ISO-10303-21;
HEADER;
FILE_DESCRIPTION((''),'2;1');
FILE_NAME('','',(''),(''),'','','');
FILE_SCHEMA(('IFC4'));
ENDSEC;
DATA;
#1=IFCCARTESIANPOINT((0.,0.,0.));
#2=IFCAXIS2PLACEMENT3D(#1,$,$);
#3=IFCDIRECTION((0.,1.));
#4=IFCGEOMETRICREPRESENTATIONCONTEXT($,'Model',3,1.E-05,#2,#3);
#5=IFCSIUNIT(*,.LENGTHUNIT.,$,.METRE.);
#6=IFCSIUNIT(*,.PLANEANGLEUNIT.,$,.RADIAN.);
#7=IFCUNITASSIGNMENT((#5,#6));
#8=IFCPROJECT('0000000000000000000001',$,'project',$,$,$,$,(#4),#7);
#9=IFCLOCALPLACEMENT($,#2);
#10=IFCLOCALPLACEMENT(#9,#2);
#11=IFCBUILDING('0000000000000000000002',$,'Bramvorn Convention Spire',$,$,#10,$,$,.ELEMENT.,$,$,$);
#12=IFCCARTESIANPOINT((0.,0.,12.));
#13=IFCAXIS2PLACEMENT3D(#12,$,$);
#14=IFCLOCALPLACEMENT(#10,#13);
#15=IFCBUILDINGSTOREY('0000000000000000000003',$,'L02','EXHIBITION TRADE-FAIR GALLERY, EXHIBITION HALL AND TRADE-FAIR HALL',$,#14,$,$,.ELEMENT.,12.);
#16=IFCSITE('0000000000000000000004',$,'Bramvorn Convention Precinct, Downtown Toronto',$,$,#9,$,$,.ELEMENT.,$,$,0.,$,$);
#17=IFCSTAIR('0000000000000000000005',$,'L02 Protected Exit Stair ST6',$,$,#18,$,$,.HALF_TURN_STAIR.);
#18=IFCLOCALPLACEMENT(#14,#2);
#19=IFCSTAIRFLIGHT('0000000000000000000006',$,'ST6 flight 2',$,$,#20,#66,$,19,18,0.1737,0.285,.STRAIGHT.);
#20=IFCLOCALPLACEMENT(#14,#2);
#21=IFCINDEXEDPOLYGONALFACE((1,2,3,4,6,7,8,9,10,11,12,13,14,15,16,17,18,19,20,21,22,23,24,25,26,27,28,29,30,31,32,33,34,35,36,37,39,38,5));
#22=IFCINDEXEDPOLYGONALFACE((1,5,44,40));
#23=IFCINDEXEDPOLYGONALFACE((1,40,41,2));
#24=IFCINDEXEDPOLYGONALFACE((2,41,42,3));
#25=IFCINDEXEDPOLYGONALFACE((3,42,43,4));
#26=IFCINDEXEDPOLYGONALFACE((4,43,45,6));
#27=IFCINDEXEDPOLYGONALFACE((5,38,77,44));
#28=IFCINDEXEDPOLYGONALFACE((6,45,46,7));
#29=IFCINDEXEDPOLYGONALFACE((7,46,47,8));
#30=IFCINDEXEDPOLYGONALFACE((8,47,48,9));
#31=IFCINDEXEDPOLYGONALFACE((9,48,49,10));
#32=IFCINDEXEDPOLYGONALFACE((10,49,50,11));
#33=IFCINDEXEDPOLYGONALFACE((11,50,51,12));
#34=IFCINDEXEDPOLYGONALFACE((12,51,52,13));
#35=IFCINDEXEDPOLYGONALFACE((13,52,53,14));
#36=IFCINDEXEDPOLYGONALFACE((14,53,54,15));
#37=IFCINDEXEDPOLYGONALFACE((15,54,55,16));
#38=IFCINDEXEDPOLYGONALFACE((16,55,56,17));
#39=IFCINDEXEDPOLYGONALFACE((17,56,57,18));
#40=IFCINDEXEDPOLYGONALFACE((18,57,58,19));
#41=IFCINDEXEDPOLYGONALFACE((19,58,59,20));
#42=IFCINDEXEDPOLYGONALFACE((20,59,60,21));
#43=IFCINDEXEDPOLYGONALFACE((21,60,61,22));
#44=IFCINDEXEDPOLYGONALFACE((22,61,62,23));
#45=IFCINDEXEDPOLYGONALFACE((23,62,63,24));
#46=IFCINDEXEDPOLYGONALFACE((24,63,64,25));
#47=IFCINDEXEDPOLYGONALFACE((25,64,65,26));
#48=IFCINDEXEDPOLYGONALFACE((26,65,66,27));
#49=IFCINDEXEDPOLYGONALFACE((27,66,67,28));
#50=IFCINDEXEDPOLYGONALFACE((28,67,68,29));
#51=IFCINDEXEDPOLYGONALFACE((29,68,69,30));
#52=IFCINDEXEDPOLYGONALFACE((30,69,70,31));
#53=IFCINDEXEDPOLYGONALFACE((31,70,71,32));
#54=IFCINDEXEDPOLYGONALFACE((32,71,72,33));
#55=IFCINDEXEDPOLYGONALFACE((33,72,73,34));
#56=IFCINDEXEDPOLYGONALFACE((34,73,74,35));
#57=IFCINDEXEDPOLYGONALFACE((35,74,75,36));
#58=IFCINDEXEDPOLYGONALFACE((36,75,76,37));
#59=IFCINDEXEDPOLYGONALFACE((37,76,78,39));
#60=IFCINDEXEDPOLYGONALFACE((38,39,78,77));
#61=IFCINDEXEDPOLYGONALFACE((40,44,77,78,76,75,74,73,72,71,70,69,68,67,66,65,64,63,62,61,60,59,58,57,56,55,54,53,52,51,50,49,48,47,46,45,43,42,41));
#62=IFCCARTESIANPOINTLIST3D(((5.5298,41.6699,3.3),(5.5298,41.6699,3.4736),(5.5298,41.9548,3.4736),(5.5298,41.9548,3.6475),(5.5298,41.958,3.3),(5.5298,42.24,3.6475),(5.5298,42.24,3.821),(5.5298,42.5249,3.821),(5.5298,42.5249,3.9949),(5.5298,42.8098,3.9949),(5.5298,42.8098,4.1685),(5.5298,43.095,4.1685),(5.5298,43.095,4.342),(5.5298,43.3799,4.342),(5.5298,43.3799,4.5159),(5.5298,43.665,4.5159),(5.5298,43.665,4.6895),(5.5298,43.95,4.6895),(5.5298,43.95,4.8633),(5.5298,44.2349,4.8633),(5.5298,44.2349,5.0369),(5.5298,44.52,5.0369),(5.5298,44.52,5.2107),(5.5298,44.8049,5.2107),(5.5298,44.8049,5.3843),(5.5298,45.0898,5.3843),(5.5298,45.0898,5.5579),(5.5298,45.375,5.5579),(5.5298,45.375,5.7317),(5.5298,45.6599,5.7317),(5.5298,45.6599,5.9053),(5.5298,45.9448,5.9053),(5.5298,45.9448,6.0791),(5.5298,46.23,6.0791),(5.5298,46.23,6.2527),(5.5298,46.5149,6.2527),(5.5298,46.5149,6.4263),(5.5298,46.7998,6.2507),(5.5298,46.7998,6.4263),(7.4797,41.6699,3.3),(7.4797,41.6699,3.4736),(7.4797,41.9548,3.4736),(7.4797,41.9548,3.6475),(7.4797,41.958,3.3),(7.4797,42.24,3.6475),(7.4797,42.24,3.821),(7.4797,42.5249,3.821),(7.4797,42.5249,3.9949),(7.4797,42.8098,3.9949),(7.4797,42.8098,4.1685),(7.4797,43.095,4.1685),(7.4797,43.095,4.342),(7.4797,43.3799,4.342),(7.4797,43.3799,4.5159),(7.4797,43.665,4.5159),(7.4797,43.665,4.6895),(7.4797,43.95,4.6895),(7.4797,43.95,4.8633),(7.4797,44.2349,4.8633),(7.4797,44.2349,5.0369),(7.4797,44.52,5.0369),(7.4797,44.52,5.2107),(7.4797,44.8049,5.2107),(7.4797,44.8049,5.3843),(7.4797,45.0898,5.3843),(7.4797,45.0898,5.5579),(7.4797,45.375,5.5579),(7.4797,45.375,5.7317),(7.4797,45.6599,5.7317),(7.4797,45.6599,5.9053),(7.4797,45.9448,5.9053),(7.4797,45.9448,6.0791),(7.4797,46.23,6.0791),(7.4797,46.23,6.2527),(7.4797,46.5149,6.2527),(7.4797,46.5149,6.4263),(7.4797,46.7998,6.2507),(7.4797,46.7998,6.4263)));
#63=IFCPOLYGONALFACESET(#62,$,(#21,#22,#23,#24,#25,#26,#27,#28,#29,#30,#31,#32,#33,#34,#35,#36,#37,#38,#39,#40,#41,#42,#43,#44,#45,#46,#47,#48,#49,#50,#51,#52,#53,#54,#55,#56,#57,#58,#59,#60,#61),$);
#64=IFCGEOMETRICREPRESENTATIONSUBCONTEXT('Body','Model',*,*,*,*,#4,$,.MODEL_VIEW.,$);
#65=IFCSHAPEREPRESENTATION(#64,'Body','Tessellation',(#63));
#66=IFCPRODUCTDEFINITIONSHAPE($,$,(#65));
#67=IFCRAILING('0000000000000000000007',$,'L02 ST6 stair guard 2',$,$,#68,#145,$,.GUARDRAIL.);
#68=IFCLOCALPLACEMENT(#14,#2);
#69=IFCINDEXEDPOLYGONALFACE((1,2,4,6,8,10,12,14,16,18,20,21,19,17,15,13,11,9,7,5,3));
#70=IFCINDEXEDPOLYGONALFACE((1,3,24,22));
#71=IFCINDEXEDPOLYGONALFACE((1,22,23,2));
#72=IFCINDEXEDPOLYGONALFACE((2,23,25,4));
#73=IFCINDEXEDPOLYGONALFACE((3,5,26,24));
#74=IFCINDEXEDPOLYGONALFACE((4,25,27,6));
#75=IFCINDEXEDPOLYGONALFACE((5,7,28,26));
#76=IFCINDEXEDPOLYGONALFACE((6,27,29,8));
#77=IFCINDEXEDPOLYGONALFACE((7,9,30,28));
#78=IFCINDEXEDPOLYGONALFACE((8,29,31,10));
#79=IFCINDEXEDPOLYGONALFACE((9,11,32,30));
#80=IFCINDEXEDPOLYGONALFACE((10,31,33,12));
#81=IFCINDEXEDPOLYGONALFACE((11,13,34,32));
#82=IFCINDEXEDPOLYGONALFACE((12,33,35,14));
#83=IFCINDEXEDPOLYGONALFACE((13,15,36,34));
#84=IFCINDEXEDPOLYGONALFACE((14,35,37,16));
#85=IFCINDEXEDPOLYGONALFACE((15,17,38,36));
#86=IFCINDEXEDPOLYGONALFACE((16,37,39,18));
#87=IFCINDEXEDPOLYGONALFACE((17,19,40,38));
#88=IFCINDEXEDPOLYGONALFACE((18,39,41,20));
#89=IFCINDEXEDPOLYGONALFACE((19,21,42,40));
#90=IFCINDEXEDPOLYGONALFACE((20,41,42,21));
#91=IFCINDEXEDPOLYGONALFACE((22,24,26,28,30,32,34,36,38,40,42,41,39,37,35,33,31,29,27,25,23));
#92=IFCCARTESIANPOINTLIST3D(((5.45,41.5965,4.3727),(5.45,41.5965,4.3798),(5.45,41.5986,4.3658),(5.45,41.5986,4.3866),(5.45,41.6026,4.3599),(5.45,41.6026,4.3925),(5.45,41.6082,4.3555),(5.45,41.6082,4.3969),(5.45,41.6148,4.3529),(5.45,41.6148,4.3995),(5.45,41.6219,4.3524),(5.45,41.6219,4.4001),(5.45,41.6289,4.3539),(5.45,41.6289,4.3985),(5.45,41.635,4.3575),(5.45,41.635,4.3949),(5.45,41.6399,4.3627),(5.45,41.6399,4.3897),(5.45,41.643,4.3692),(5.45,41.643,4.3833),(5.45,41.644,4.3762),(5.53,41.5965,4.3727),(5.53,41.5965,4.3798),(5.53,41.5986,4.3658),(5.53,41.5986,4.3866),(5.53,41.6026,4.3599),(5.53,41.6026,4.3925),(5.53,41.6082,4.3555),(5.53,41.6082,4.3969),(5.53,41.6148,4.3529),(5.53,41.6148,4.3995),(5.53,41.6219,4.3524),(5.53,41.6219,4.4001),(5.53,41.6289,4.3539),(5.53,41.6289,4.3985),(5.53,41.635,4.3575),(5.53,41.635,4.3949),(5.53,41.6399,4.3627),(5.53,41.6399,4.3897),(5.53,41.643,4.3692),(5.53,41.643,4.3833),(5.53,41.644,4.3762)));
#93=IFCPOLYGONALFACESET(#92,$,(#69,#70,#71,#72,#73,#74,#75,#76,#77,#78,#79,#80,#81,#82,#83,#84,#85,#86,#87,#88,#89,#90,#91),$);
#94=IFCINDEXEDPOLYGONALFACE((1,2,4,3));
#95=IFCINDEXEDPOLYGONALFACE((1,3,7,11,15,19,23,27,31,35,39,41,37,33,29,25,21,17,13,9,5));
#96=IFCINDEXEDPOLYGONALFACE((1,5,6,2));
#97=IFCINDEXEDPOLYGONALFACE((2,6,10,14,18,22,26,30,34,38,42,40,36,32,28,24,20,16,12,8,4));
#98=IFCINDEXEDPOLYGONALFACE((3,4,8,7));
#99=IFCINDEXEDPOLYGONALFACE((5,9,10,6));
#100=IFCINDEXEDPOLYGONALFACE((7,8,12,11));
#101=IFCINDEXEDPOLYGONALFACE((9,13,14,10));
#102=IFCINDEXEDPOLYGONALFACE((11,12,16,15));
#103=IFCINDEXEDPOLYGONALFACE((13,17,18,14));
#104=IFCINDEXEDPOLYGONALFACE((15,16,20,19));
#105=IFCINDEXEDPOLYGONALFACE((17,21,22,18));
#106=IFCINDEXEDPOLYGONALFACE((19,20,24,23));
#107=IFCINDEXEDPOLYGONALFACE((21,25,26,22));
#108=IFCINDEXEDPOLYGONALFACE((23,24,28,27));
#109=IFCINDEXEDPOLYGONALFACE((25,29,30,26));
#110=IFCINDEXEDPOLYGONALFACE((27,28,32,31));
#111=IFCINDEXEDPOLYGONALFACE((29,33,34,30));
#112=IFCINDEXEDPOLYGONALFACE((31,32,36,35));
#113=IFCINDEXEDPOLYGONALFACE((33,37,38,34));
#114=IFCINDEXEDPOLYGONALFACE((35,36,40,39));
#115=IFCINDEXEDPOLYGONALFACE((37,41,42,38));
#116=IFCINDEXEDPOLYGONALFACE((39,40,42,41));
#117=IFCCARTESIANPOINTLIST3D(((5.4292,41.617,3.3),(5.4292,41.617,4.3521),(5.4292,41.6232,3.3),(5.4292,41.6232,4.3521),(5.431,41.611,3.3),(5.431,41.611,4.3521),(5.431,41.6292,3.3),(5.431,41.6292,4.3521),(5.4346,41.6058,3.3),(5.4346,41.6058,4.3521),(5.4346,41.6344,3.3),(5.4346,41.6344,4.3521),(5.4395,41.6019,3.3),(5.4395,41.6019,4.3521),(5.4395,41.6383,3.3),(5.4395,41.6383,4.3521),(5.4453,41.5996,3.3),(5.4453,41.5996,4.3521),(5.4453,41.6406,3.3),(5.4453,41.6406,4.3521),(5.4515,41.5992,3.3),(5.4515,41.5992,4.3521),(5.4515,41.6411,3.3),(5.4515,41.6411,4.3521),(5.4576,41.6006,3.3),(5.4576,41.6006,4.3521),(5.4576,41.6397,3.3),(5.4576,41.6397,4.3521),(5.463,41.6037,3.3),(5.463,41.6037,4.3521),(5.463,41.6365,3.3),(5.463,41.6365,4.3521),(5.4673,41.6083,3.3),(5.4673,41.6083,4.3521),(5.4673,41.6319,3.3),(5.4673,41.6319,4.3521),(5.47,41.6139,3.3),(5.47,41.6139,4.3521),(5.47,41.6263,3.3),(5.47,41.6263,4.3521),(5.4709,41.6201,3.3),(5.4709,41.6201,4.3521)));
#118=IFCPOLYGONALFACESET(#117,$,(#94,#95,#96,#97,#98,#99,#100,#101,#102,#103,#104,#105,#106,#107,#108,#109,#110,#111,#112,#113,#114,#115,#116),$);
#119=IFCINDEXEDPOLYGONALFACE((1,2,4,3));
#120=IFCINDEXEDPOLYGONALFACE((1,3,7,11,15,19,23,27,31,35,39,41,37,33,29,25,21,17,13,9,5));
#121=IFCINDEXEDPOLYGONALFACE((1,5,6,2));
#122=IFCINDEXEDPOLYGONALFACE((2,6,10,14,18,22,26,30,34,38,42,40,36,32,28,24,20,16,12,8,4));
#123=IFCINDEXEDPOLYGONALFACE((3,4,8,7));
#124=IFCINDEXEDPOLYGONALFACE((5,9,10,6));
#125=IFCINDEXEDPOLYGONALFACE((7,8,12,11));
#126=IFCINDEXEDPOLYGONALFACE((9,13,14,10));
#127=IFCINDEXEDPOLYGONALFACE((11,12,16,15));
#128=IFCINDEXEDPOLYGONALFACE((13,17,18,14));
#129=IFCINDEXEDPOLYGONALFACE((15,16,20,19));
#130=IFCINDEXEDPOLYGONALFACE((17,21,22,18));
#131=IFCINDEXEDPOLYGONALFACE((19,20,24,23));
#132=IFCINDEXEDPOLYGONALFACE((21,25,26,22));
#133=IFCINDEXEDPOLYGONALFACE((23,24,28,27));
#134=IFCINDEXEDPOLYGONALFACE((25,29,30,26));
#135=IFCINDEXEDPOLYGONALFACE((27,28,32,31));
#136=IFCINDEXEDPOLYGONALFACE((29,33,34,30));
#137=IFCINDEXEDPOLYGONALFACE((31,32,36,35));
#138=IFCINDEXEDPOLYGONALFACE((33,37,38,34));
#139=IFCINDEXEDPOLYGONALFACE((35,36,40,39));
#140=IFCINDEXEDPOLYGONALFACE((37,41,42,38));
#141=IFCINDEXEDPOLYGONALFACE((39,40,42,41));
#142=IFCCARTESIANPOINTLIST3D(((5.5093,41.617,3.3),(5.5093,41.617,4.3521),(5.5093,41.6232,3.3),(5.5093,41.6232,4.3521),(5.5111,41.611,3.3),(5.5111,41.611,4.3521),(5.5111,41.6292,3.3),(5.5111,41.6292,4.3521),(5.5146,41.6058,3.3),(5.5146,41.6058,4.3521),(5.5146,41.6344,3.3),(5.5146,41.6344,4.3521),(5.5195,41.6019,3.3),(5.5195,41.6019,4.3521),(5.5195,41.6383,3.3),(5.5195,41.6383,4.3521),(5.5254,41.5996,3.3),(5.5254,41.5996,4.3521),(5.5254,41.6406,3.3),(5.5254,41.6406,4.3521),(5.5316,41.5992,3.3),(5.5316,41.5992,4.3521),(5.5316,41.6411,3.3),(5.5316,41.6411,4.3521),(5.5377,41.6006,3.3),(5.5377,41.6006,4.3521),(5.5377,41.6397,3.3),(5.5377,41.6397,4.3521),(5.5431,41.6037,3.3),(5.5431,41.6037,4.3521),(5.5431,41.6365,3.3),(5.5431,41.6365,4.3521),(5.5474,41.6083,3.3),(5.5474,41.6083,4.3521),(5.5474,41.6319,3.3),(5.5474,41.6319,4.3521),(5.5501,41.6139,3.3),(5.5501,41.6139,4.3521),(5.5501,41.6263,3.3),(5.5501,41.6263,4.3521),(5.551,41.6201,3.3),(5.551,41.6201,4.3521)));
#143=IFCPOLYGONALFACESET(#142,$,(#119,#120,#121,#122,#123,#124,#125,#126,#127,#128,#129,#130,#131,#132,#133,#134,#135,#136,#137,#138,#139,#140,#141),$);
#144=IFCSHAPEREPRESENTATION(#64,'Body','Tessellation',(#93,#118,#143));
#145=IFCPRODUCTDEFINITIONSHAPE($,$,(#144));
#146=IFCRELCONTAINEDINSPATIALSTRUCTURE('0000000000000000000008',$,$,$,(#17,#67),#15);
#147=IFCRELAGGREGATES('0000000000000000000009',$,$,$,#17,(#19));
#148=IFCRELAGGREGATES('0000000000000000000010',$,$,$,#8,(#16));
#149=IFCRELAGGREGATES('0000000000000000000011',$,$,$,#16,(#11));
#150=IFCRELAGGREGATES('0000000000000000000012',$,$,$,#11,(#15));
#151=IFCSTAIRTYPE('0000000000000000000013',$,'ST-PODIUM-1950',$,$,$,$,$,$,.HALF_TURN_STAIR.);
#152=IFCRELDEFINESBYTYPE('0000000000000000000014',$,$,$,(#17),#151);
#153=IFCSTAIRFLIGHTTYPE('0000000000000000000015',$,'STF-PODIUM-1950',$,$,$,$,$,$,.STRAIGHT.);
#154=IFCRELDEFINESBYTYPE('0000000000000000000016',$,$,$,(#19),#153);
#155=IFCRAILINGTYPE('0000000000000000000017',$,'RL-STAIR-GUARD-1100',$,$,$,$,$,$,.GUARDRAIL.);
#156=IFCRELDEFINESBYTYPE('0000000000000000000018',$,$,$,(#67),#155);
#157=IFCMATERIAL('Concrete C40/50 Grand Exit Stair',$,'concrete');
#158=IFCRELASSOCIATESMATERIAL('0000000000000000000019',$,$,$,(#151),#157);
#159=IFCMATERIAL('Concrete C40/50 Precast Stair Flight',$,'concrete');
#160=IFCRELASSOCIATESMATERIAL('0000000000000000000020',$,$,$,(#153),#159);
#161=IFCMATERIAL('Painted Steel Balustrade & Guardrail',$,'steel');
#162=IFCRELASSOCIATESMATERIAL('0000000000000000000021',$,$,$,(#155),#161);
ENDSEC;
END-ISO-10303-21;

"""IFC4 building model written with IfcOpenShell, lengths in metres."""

from ifc_helpers import new_model, si_unit, direction, frame, origin, origin_2d, place, context, subcontext, project, spatial, polyline, circle, outline, extrude, material, type_object, element, aggregate, save


model = new_model("IFC4")

# Units and contexts
model_context = context("Model", 3, precision=1e-05, world=origin(), true_north=direction((0.0, 1.0)))
body_context = subcontext(model_context, "Body", "Model", "MODEL_VIEW")
ifc_project = project(units=[si_unit("LENGTHUNIT", "METRE"), si_unit("PLANEANGLEUNIT", "RADIAN")], contexts=[model_context])

# Site, building, storey
site_placement = place(None, origin())
site = spatial("IfcSite", under=ifc_project, at=site_placement, Name="Bramvorn Convention Precinct, Downtown Toronto", CompositionType="ELEMENT", RefElevation=0.0)
building_placement = place(site_placement, origin())
building = spatial("IfcBuilding", under=site, at=building_placement, Name="Bramvorn Convention Spire", CompositionType="ELEMENT")
storey_placement = place(building_placement, frame((0.0, 0.0, 12.0)))
storey = spatial("IfcBuildingStorey", under=building, at=storey_placement, Name="L02", Description="EXHIBITION TRADE-FAIR GALLERY, EXHIBITION HALL AND TRADE-FAIR HALL", CompositionType="ELEMENT", Elevation=12.0)

# Stair, stair flight
ifc_material_1 = material(Name="Concrete C40/50 Grand Exit Stair", Category="concrete")
stair_type = type_object("IfcStairType", Name="ST-PODIUM-1950", PredefinedType="HALF_TURN_STAIR", material=ifc_material_1)
stair_placement = place(storey_placement, origin())
stair = element("IfcStair", 1, at=stair_placement, inside=storey, type_object=stair_type, Name="L02 Protected Exit Stair ST6", PredefinedType="HALF_TURN_STAIR")
ifc_material_2 = material(Name="Concrete C40/50 Precast Stair Flight", Category="concrete")
stair_flight_type = type_object("IfcStairFlightType", Name="STF-PODIUM-1950", PredefinedType="STRAIGHT", material=ifc_material_2)
stair_flight_placement = place(storey_placement, frame((6.5049, 41.6699, 3.3), z_axis=(0.0, 0.0, 1.0), x_axis=(0.0, 1.0, 0.0)))
stair_flight = element("IfcStairFlight", 2, at=stair_flight_placement, type_object=stair_flight_type, Name="ST6 flight 2", NumberOfRisers=19, NumberOfTreads=18, PredefinedType="STRAIGHT", RiserHeight=0.1737, TreadLength=0.285, context=body_context, shape_type="SweptSolid", body=[
    extrude(outline(polyline([(0.0, 0.0), (0.0, 0.1736), (0.2849, 0.1736), (0.2849, 0.3474), (0.5701, 0.3474), (0.5701, 0.521), (0.855, 0.521), (0.855, 0.6948), (1.1399, 0.6948), (1.1399, 0.8684), (1.425, 0.8684), (1.425, 1.042), (1.71, 1.042), (1.71, 1.2158), (1.9951, 1.2158), (1.9951, 1.3894), (2.28, 1.3894), (2.28, 1.5632), (2.5649, 1.5632), (2.5649, 1.7368), (2.8501, 1.7368), (2.8501, 1.9106), (3.135, 1.9106), (3.135, 2.0842), (3.4199, 2.0842), (3.4199, 2.2578), (3.7051, 2.2578), (3.7051, 2.4316), (3.99, 2.4316), (3.99, 2.6052), (4.2749, 2.6052), (4.2749, 2.7791), (4.5601, 2.7791), (4.5601, 2.9526), (4.845, 2.9526), (4.845, 3.1262), (5.1299, 3.1262), (5.1299, 3.3), (5.1299, 2.9507), (0.2881, 0.0), (0.0, 0.0)])), frame((0.0, 0.9751, 0.0), z_axis=(0.0, -1.0, 0.0), x_axis=(1.0, 0.0, 0.0)), (0.0, 0.0, 1.0), 1.95),
])
aggregate(stair, [stair_flight])

# Railing
ifc_material_3 = material(Name="Painted Steel Balustrade & Guardrail", Category="steel")
railing_type = type_object("IfcRailingType", Name="RL-STAIR-GUARD-1100", PredefinedType="GUARDRAIL", material=ifc_material_3)
railing_1_placement = place(storey_placement, frame((5.45, 41.6201, 3.3)))
element("IfcRailing", 3, at=railing_1_placement, inside=storey, type_object=railing_type, Name="L02 ST6 stair guard 2", PredefinedType="GUARDRAIL", context=body_context, shape_type="SweptSolid", body=[
    extrude(circle(Radius=0.0239, at=origin_2d()), frame((0.0, 0.0, 1.0762), z_axis=(1.0, 0.0, 0.0), x_axis=(0.0, 1.0, 0.0)), (0.0, 0.0, 1.0), 0.0801),
    extrude(circle(Radius=0.021, at=origin_2d()), origin(), (0.0, 0.0, 1.0), 1.052),
    extrude(circle(Radius=0.021, at=origin_2d()), frame((0.0801, 0.0, 0.0)), (0.0, 0.0, 1.0), 1.052),
])

save(model, "model.ifc")
